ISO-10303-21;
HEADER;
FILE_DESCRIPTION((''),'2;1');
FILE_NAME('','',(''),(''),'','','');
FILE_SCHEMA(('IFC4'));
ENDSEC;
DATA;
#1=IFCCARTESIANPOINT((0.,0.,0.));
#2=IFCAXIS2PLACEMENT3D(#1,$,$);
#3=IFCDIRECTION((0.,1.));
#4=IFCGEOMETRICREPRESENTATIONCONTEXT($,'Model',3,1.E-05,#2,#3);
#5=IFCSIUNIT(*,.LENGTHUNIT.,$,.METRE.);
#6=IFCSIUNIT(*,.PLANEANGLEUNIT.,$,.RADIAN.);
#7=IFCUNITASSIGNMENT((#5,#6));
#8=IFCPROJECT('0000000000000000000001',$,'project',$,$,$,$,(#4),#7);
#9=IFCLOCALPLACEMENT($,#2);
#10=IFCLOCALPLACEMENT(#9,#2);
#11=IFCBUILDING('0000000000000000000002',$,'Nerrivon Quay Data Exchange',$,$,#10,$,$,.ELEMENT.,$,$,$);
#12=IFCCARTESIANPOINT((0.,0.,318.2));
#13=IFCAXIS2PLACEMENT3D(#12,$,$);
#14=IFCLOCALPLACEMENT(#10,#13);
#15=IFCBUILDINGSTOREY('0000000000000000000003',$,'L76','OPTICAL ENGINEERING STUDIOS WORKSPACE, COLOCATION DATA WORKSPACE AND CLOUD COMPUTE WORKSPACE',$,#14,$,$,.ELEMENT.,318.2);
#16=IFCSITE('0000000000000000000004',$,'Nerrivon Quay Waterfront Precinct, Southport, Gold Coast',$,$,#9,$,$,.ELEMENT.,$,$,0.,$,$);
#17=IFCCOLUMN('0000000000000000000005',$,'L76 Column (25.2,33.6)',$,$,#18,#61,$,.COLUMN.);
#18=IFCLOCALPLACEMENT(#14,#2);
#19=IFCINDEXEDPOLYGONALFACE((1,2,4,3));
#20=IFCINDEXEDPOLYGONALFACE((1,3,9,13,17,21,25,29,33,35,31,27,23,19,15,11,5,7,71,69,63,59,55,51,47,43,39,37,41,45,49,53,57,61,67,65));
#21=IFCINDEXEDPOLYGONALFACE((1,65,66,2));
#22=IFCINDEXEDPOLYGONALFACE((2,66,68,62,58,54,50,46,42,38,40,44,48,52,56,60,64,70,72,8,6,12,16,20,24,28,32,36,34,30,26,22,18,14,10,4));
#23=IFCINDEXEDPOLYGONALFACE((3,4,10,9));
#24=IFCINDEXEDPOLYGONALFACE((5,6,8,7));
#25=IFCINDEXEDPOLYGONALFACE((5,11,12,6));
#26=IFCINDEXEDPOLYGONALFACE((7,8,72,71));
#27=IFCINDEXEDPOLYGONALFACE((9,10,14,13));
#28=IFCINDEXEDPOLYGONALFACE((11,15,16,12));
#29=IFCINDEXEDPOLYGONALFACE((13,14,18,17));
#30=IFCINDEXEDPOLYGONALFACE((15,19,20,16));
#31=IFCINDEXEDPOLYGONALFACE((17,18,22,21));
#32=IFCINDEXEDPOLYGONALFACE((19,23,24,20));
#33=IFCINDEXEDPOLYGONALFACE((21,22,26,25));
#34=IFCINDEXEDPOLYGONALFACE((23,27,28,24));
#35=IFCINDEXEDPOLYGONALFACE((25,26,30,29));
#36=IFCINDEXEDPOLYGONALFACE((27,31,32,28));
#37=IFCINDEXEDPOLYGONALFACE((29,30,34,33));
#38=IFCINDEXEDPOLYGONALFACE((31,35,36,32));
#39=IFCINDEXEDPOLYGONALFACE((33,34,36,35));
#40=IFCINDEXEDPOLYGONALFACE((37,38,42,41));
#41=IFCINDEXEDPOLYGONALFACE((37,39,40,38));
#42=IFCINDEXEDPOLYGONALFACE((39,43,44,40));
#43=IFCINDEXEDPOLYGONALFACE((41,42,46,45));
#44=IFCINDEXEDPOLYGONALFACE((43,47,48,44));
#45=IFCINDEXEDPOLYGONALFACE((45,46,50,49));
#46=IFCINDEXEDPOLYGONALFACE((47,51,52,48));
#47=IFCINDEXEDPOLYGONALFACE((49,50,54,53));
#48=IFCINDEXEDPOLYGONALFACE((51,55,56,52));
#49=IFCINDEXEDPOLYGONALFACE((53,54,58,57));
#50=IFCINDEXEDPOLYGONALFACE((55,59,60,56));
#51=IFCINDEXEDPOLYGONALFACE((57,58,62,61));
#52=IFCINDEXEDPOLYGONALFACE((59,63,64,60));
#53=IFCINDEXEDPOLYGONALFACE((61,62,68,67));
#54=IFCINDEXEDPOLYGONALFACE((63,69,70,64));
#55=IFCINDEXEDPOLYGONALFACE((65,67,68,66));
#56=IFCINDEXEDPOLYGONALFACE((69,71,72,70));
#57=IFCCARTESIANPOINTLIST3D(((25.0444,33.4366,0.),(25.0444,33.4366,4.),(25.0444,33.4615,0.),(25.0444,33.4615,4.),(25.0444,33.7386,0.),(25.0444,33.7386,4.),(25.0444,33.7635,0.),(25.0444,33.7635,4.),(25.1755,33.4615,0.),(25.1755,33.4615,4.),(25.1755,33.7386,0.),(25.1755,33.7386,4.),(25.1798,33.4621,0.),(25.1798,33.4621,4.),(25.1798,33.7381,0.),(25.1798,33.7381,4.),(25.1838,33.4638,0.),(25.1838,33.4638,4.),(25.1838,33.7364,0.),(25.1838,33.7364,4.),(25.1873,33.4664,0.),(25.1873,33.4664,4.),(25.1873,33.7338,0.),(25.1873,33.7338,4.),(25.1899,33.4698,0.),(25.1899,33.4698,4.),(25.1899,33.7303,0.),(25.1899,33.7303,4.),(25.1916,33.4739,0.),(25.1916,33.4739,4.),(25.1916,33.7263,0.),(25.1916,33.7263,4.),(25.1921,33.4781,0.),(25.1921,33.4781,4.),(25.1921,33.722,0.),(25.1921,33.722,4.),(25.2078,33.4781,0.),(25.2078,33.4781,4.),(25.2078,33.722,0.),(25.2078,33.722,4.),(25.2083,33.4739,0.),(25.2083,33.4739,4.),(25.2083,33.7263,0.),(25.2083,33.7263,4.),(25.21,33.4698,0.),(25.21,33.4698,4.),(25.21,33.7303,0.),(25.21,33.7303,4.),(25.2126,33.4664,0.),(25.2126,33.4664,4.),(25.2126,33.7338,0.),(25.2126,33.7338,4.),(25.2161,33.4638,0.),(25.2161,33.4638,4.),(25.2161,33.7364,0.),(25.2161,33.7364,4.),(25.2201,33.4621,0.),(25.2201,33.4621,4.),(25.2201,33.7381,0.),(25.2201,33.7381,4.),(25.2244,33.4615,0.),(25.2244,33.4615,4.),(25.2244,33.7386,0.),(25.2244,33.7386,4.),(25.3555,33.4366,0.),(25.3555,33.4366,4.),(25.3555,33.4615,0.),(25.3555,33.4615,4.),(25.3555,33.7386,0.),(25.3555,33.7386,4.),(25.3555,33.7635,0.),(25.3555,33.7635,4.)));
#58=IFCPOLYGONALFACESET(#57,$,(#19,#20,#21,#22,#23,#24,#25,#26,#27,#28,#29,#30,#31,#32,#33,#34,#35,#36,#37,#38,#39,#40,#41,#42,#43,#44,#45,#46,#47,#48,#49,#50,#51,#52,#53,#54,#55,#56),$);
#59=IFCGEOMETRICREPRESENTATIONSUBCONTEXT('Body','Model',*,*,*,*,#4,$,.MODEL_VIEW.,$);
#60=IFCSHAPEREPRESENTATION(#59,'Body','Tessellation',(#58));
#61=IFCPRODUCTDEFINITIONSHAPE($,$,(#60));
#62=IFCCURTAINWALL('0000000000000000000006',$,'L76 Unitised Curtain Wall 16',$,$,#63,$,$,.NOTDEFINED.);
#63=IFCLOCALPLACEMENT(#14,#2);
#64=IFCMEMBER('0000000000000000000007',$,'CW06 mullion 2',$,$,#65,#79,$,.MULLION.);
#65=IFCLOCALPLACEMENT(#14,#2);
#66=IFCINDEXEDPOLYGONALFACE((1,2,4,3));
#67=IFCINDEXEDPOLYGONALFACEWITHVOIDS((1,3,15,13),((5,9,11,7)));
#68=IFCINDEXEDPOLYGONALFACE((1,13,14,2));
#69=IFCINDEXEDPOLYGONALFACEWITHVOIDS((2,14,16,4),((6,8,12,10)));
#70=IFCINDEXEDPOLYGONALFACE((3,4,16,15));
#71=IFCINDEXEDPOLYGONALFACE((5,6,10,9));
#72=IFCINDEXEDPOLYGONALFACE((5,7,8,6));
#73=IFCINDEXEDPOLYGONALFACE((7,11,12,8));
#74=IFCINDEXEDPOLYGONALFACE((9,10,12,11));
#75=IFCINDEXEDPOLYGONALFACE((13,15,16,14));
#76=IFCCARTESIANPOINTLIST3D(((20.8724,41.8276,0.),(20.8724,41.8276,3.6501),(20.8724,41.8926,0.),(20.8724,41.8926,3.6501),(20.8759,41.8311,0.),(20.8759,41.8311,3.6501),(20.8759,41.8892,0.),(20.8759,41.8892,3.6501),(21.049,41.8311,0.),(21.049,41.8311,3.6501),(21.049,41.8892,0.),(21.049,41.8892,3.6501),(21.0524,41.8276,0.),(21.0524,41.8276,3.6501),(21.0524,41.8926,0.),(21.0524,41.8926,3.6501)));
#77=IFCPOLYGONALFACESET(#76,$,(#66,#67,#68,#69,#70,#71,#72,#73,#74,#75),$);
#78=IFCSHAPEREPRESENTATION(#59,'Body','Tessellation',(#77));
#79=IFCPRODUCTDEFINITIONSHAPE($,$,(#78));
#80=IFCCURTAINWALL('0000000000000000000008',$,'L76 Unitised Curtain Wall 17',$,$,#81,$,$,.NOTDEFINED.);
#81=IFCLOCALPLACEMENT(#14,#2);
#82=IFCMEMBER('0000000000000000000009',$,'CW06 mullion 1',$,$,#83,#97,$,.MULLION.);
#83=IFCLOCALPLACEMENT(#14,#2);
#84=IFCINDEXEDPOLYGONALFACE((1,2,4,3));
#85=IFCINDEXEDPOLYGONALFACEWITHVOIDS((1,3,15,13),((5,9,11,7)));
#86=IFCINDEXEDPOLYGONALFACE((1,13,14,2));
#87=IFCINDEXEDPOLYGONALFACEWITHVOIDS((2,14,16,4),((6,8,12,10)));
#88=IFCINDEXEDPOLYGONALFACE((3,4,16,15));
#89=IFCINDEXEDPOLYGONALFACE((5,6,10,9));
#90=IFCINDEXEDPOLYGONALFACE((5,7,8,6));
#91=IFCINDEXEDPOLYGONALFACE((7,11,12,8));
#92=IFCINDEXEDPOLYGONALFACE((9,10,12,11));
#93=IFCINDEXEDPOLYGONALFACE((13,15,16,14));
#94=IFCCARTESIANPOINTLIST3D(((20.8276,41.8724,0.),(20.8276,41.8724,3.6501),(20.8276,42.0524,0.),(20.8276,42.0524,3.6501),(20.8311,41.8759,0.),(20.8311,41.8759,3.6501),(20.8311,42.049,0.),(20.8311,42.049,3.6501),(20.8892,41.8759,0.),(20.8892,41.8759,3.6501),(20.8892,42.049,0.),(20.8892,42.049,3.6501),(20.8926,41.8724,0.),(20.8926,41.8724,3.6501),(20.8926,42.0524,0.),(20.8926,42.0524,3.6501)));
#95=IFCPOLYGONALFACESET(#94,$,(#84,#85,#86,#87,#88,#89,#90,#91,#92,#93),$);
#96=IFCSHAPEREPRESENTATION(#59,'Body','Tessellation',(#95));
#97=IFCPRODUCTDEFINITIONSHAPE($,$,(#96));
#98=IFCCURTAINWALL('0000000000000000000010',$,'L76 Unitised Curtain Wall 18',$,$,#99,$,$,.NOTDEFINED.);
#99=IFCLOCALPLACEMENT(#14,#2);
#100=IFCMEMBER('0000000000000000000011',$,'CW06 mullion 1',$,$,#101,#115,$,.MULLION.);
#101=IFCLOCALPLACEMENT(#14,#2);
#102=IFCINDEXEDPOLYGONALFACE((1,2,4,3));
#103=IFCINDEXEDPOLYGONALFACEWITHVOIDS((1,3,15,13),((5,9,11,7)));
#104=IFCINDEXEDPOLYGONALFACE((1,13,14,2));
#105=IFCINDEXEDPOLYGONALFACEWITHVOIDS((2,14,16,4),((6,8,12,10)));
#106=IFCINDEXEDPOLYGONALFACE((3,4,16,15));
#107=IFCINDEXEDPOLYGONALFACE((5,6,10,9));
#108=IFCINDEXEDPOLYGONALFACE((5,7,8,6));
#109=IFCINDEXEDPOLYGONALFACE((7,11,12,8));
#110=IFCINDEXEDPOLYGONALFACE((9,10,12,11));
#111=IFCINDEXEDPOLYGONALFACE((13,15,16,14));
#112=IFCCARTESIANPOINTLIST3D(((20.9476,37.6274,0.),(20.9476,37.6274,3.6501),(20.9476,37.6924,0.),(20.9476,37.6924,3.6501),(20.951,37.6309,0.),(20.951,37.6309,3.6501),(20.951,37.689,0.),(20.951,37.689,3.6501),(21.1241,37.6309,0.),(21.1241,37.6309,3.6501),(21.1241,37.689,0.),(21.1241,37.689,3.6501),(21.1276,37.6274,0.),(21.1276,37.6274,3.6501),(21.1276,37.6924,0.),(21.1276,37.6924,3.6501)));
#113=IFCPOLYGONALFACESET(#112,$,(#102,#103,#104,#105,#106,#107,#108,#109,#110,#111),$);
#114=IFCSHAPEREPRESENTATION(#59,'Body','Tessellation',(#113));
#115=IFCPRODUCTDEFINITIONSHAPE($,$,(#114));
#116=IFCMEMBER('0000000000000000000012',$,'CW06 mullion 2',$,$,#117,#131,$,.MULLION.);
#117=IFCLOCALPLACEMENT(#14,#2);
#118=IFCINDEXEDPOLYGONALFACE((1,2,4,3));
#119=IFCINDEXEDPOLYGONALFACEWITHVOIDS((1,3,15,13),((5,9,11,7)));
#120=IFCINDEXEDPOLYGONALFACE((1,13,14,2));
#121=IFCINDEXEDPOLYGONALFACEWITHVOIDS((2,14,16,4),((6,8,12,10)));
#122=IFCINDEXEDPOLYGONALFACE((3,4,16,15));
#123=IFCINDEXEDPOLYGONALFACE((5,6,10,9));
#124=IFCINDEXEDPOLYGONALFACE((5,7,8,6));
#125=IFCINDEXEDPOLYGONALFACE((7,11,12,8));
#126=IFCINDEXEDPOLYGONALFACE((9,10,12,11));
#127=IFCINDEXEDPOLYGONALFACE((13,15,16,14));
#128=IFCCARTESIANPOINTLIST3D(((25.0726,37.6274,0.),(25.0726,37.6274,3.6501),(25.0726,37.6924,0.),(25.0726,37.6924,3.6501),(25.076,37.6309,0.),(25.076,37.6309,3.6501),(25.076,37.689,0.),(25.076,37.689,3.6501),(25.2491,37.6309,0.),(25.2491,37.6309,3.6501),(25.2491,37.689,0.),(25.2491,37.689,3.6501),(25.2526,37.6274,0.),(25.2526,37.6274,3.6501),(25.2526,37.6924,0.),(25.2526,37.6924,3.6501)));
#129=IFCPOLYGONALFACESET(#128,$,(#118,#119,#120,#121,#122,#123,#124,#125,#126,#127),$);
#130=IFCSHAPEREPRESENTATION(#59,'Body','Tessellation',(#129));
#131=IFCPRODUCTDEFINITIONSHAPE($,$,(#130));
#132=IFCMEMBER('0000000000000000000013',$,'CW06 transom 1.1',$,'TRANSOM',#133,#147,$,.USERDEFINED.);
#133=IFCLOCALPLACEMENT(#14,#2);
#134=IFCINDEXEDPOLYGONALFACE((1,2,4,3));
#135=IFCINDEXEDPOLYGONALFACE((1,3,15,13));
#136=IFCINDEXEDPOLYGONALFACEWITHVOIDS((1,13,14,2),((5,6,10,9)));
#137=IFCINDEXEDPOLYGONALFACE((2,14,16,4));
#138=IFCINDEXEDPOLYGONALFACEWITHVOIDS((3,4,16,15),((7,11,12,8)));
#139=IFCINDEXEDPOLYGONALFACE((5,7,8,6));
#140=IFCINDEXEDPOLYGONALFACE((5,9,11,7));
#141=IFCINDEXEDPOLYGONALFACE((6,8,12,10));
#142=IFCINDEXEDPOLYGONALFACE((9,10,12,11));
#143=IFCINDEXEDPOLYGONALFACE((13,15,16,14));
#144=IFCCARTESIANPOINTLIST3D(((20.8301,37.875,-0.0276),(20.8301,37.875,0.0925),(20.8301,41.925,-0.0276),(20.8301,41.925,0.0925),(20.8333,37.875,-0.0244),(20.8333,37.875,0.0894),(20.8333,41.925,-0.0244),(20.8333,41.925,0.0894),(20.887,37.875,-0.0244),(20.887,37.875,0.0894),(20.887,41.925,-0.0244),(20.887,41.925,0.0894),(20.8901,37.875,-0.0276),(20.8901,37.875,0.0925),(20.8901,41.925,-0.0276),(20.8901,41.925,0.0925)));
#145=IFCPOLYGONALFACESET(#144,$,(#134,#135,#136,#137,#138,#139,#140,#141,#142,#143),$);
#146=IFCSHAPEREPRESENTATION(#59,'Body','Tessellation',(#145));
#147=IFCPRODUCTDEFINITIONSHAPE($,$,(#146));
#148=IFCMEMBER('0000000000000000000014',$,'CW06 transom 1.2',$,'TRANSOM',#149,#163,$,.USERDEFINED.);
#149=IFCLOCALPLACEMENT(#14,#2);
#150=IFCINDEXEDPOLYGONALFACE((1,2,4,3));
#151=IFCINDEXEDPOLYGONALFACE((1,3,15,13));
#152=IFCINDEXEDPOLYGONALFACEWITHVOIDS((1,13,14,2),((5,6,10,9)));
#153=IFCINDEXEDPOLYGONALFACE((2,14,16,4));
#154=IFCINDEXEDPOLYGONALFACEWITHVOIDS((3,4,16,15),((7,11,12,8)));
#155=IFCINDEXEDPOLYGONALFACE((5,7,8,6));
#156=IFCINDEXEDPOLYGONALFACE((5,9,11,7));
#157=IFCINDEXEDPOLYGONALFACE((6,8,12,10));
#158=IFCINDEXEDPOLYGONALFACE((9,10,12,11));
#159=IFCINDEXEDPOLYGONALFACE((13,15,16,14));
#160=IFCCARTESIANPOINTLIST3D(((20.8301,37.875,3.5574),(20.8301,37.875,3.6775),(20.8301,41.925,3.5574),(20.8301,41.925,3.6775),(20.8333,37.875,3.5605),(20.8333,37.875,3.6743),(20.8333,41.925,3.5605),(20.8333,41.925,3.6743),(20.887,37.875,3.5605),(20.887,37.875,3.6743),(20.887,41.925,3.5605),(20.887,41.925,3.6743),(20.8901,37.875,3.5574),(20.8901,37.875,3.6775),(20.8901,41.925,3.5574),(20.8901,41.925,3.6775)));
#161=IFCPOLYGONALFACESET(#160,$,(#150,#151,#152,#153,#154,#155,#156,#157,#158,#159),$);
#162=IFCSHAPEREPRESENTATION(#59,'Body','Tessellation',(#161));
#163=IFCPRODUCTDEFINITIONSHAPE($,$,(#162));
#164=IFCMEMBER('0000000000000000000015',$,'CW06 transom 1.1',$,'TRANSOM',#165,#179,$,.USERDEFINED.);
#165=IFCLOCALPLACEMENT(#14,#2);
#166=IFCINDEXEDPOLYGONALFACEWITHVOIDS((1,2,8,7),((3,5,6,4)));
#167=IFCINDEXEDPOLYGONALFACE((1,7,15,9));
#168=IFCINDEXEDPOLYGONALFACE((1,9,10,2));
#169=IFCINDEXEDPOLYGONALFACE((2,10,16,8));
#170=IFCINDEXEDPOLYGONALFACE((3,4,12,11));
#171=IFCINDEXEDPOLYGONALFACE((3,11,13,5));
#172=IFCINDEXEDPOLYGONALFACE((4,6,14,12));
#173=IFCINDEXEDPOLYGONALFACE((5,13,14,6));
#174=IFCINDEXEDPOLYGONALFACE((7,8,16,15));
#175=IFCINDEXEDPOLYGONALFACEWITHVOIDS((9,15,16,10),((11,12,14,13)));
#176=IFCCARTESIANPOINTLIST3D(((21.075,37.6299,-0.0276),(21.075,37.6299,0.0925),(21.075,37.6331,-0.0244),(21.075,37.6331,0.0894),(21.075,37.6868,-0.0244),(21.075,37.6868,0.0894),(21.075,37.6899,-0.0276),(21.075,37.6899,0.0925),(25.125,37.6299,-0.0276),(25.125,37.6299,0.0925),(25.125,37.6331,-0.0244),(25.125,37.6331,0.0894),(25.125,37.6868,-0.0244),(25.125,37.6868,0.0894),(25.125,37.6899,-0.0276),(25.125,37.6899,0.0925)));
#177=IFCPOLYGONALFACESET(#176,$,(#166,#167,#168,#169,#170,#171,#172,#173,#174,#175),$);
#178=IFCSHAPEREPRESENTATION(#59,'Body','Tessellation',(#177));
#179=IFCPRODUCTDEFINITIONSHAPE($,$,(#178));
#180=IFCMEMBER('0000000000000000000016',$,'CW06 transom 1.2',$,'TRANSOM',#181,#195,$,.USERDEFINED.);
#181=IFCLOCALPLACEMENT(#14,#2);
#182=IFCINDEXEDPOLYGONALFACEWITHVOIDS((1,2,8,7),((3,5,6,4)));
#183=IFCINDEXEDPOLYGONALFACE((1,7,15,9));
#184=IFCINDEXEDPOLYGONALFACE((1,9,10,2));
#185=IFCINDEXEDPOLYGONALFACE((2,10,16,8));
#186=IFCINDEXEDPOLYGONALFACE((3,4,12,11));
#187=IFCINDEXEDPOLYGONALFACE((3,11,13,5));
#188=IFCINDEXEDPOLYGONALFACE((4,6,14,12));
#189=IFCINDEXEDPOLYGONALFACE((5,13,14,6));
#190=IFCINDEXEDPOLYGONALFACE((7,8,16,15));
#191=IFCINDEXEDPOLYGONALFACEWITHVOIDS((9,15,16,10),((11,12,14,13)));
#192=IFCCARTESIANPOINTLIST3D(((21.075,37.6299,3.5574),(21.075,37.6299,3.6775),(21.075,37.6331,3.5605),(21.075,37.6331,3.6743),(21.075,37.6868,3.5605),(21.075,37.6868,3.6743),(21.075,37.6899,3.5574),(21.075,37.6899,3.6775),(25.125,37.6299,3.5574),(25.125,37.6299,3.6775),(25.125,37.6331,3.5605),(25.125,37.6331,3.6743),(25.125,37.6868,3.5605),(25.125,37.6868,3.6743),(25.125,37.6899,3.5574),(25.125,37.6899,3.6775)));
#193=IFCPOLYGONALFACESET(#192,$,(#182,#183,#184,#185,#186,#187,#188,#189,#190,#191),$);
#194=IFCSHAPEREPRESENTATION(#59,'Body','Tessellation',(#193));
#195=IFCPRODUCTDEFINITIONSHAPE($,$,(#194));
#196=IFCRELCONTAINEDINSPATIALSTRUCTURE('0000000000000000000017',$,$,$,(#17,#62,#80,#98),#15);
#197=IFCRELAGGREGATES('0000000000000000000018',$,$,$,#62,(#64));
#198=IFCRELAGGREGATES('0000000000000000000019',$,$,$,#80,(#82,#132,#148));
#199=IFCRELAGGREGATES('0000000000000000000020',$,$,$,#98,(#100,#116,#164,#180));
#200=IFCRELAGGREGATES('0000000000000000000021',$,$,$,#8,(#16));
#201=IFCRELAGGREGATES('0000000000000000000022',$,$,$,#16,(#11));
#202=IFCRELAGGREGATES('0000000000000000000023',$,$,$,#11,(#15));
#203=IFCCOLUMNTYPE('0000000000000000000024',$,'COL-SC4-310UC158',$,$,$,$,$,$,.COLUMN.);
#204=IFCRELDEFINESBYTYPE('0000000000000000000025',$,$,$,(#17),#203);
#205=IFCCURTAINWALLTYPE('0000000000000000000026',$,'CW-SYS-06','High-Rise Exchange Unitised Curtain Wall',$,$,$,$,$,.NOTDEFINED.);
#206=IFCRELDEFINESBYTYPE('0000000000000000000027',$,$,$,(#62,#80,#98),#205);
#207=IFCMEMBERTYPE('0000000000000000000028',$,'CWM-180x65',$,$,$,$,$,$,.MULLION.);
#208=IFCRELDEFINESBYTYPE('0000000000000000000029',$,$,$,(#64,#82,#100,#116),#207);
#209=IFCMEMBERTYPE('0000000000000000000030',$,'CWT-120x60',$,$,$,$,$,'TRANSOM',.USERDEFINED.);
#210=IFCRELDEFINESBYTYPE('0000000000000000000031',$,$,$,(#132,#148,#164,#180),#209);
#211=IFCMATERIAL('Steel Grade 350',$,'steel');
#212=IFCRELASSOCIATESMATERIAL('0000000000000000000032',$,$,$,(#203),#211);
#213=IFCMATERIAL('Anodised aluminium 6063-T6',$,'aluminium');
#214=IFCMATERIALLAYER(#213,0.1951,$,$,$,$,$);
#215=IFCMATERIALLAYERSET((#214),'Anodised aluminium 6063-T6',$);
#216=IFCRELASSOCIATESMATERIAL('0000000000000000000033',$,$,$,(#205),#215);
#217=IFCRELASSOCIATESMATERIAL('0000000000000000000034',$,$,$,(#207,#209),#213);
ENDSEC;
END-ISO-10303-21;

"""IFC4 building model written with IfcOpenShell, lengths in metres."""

from ifc_helpers import new_model, si_unit, direction, frame, origin, origin_2d, place, context, subcontext, project, spatial, hollow_rectangle, i_section, extrude, material, layer, layer_set, material_profile, profile_set, type_object, element, aggregate, save


model = new_model("IFC4")

# Units and contexts
model_context = context("Model", 3, precision=1e-05, world=origin(), true_north=direction((0.0, 1.0)))
body_context = subcontext(model_context, "Body", "Model", "MODEL_VIEW")
ifc_project = project(units=[si_unit("LENGTHUNIT", "METRE"), si_unit("PLANEANGLEUNIT", "RADIAN")], contexts=[model_context])

# Site, building, storey
site_placement = place(None, origin())
site = spatial("IfcSite", under=ifc_project, at=site_placement, Name="Nerrivon Quay Waterfront Precinct, Southport, Gold Coast", CompositionType="ELEMENT", RefElevation=0.0)
building_placement = place(site_placement, origin())
building = spatial("IfcBuilding", under=site, at=building_placement, Name="Nerrivon Quay Data Exchange", CompositionType="ELEMENT")
storey_placement = place(building_placement, frame((0.0, 0.0, 318.2)))
storey = spatial("IfcBuildingStorey", under=building, at=storey_placement, Name="L76", Description="OPTICAL ENGINEERING STUDIOS WORKSPACE, COLOCATION DATA WORKSPACE AND CLOUD COMPUTE WORKSPACE", CompositionType="ELEMENT", Elevation=318.2)

# Column
ifc_material_1 = material(Name="Steel Grade 350", Category="steel")
ifc_material_profile_1 = material_profile(ifc_material_1, i_section(OverallWidth=0.311, OverallDepth=0.3269, WebThickness=0.0156, FlangeThickness=0.0249, FilletRadius=0.0166, at=origin_2d()), Name="310UC158")
ifc_profile_set_1 = profile_set([ifc_material_profile_1], Name="Steel Grade 350")
column_type = type_object("IfcColumnType", Name="COL-SC4-310UC158", PredefinedType="COLUMN", material=ifc_profile_set_1)
column_placement = place(storey_placement, frame((25.2, 33.6001, 0.0), z_axis=(0.0, 0.0, 1.0), x_axis=(1.0, 0.0, 0.0)))
element("IfcColumn", 1, at=column_placement, inside=storey, type_object=column_type, Name="L76 Column (25.2,33.6)", PredefinedType="COLUMN", context=body_context, shape_type="SweptSolid", body=[
    extrude(i_section(OverallWidth=0.311, OverallDepth=0.3269, WebThickness=0.0156, FlangeThickness=0.0249, FilletRadius=0.0166, at=origin_2d()), origin(), (0.0, 0.0, 1.0), 4.0),
])

# Curtain walls, members
ifc_material_2 = material(Name="Anodised aluminium 6063-T6", Category="aluminium")
ifc_layer_1 = layer(ifc_material_2, 0.1951)
ifc_layer_set_1 = layer_set([ifc_layer_1], Name="Anodised aluminium 6063-T6")
curtain_wall_type = type_object("IfcCurtainWallType", Name="CW-SYS-06", Description="High-Rise Exchange Unitised Curtain Wall", PredefinedType="NOTDEFINED", material=ifc_layer_set_1)
curtain_wall_1_placement = place(storey_placement, origin())
curtain_wall_1 = element("IfcCurtainWall", 2, at=curtain_wall_1_placement, inside=storey, type_object=curtain_wall_type, Name="L76 Unitised Curtain Wall 16", PredefinedType="NOTDEFINED")
ifc_material_profile_2 = material_profile(ifc_material_2, hollow_rectangle(XDim=0.0649, YDim=0.1799, WallThickness=0.0034, at=origin_2d()), Name="ALU-MULL-180x65")
ifc_profile_set_2 = profile_set([ifc_material_profile_2], Name="Anodised aluminium 6063-T6")
member_type_1 = type_object("IfcMemberType", Name="CWM-180x65", PredefinedType="MULLION", material=ifc_profile_set_2)
member_1_placement = place(storey_placement, frame((20.9624, 41.8601, 0.0), z_axis=(0.0, 0.0, 1.0), x_axis=(0.0, 1.0, 0.0)))
member_1 = element("IfcMember", 3, at=member_1_placement, type_object=member_type_1, Name="CW06 mullion 2", PredefinedType="MULLION", context=body_context, shape_type="SweptSolid", body=[
    extrude(hollow_rectangle(XDim=0.0649, YDim=0.1799, WallThickness=0.0034, at=origin_2d()), origin(), (0.0, 0.0, 1.0), 3.6501),
])
aggregate(curtain_wall_1, [member_1])
curtain_wall_2_placement = place(storey_placement, origin())
curtain_wall_2 = element("IfcCurtainWall", 4, at=curtain_wall_2_placement, inside=storey, type_object=curtain_wall_type, Name="L76 Unitised Curtain Wall 17", PredefinedType="NOTDEFINED")
member_2_placement = place(storey_placement, frame((20.8601, 41.9624, 0.0), z_axis=(0.0, 0.0, 1.0), x_axis=(1.0, 0.0, 0.0)))
member_2 = element("IfcMember", 5, at=member_2_placement, type_object=member_type_1, Name="CW06 mullion 1", PredefinedType="MULLION", context=body_context, shape_type="SweptSolid", body=[
    extrude(hollow_rectangle(XDim=0.0649, YDim=0.1799, WallThickness=0.0034, at=origin_2d()), origin(), (0.0, 0.0, 1.0), 3.6501),
])

# Curtain wall, members
curtain_wall_3_placement = place(storey_placement, origin())
curtain_wall_3 = element("IfcCurtainWall", 6, at=curtain_wall_3_placement, inside=storey, type_object=curtain_wall_type, Name="L76 Unitised Curtain Wall 18", PredefinedType="NOTDEFINED")
member_3_placement = place(storey_placement, frame((21.0376, 37.6599, 0.0), z_axis=(0.0, 0.0, 1.0), x_axis=(0.0, 1.0, 0.0)))
member_3 = element("IfcMember", 7, at=member_3_placement, type_object=member_type_1, Name="CW06 mullion 1", PredefinedType="MULLION", context=body_context, shape_type="SweptSolid", body=[
    extrude(hollow_rectangle(XDim=0.0649, YDim=0.1799, WallThickness=0.0034, at=origin_2d()), origin(), (0.0, 0.0, 1.0), 3.6501),
])
member_4_placement = place(storey_placement, frame((25.1626, 37.6599, 0.0), z_axis=(0.0, 0.0, 1.0), x_axis=(0.0, 1.0, 0.0)))
member_4 = element("IfcMember", 8, at=member_4_placement, type_object=member_type_1, Name="CW06 mullion 2", PredefinedType="MULLION", context=body_context, shape_type="SweptSolid", body=[
    extrude(hollow_rectangle(XDim=0.0649, YDim=0.1799, WallThickness=0.0034, at=origin_2d()), origin(), (0.0, 0.0, 1.0), 3.6501),
])

# Members
ifc_material_profile_3 = material_profile(ifc_material_2, hollow_rectangle(XDim=0.0601, YDim=0.1201, WallThickness=0.0032, at=origin_2d()), Name="ALU-TRAN-120x60")
ifc_profile_set_3 = profile_set([ifc_material_profile_3], Name="Anodised aluminium 6063-T6")
member_type_2 = type_object("IfcMemberType", Name="CWT-120x60", ElementType="TRANSOM", PredefinedType="USERDEFINED", material=ifc_profile_set_3)
member_5_placement = place(storey_placement, frame((20.8601, 41.925, 0.0325), z_axis=(0.0, -1.0, 0.0), x_axis=(1.0, 0.0, 0.0)))
member_5 = element("IfcMember", 9, at=member_5_placement, type_object=member_type_2, Name="CW06 transom 1.1", ObjectType="TRANSOM", PredefinedType="USERDEFINED", context=body_context, shape_type="SweptSolid", body=[
    extrude(hollow_rectangle(XDim=0.0601, YDim=0.1201, WallThickness=0.0032, at=origin_2d()), origin(), (0.0, 0.0, 1.0), 4.05),
])
member_6_placement = place(storey_placement, frame((20.8601, 41.925, 3.6174), z_axis=(0.0, -1.0, 0.0), x_axis=(1.0, 0.0, 0.0)))
member_6 = element("IfcMember", 10, at=member_6_placement, type_object=member_type_2, Name="CW06 transom 1.2", ObjectType="TRANSOM", PredefinedType="USERDEFINED", context=body_context, shape_type="SweptSolid", body=[
    extrude(hollow_rectangle(XDim=0.0601, YDim=0.1201, WallThickness=0.0032, at=origin_2d()), origin(), (0.0, 0.0, 1.0), 4.05),
])
aggregate(curtain_wall_2, [member_2, member_5, member_6])
member_7_placement = place(storey_placement, frame((21.075, 37.6599, 0.0325), z_axis=(1.0, 0.0, 0.0), x_axis=(0.0, 1.0, 0.0)))
member_7 = element("IfcMember", 11, at=member_7_placement, type_object=member_type_2, Name="CW06 transom 1.1", ObjectType="TRANSOM", PredefinedType="USERDEFINED", context=body_context, shape_type="SweptSolid", body=[
    extrude(hollow_rectangle(XDim=0.0601, YDim=0.1201, WallThickness=0.0032, at=origin_2d()), origin(), (0.0, 0.0, 1.0), 4.05),
])
member_8_placement = place(storey_placement, frame((21.075, 37.6599, 3.6174), z_axis=(1.0, 0.0, 0.0), x_axis=(0.0, 1.0, 0.0)))
member_8 = element("IfcMember", 12, at=member_8_placement, type_object=member_type_2, Name="CW06 transom 1.2", ObjectType="TRANSOM", PredefinedType="USERDEFINED", context=body_context, shape_type="SweptSolid", body=[
    extrude(hollow_rectangle(XDim=0.0601, YDim=0.1201, WallThickness=0.0032, at=origin_2d()), origin(), (0.0, 0.0, 1.0), 4.05),
])

aggregate(curtain_wall_3, [member_3, member_4, member_7, member_8])

save(model, "model.ifc")
